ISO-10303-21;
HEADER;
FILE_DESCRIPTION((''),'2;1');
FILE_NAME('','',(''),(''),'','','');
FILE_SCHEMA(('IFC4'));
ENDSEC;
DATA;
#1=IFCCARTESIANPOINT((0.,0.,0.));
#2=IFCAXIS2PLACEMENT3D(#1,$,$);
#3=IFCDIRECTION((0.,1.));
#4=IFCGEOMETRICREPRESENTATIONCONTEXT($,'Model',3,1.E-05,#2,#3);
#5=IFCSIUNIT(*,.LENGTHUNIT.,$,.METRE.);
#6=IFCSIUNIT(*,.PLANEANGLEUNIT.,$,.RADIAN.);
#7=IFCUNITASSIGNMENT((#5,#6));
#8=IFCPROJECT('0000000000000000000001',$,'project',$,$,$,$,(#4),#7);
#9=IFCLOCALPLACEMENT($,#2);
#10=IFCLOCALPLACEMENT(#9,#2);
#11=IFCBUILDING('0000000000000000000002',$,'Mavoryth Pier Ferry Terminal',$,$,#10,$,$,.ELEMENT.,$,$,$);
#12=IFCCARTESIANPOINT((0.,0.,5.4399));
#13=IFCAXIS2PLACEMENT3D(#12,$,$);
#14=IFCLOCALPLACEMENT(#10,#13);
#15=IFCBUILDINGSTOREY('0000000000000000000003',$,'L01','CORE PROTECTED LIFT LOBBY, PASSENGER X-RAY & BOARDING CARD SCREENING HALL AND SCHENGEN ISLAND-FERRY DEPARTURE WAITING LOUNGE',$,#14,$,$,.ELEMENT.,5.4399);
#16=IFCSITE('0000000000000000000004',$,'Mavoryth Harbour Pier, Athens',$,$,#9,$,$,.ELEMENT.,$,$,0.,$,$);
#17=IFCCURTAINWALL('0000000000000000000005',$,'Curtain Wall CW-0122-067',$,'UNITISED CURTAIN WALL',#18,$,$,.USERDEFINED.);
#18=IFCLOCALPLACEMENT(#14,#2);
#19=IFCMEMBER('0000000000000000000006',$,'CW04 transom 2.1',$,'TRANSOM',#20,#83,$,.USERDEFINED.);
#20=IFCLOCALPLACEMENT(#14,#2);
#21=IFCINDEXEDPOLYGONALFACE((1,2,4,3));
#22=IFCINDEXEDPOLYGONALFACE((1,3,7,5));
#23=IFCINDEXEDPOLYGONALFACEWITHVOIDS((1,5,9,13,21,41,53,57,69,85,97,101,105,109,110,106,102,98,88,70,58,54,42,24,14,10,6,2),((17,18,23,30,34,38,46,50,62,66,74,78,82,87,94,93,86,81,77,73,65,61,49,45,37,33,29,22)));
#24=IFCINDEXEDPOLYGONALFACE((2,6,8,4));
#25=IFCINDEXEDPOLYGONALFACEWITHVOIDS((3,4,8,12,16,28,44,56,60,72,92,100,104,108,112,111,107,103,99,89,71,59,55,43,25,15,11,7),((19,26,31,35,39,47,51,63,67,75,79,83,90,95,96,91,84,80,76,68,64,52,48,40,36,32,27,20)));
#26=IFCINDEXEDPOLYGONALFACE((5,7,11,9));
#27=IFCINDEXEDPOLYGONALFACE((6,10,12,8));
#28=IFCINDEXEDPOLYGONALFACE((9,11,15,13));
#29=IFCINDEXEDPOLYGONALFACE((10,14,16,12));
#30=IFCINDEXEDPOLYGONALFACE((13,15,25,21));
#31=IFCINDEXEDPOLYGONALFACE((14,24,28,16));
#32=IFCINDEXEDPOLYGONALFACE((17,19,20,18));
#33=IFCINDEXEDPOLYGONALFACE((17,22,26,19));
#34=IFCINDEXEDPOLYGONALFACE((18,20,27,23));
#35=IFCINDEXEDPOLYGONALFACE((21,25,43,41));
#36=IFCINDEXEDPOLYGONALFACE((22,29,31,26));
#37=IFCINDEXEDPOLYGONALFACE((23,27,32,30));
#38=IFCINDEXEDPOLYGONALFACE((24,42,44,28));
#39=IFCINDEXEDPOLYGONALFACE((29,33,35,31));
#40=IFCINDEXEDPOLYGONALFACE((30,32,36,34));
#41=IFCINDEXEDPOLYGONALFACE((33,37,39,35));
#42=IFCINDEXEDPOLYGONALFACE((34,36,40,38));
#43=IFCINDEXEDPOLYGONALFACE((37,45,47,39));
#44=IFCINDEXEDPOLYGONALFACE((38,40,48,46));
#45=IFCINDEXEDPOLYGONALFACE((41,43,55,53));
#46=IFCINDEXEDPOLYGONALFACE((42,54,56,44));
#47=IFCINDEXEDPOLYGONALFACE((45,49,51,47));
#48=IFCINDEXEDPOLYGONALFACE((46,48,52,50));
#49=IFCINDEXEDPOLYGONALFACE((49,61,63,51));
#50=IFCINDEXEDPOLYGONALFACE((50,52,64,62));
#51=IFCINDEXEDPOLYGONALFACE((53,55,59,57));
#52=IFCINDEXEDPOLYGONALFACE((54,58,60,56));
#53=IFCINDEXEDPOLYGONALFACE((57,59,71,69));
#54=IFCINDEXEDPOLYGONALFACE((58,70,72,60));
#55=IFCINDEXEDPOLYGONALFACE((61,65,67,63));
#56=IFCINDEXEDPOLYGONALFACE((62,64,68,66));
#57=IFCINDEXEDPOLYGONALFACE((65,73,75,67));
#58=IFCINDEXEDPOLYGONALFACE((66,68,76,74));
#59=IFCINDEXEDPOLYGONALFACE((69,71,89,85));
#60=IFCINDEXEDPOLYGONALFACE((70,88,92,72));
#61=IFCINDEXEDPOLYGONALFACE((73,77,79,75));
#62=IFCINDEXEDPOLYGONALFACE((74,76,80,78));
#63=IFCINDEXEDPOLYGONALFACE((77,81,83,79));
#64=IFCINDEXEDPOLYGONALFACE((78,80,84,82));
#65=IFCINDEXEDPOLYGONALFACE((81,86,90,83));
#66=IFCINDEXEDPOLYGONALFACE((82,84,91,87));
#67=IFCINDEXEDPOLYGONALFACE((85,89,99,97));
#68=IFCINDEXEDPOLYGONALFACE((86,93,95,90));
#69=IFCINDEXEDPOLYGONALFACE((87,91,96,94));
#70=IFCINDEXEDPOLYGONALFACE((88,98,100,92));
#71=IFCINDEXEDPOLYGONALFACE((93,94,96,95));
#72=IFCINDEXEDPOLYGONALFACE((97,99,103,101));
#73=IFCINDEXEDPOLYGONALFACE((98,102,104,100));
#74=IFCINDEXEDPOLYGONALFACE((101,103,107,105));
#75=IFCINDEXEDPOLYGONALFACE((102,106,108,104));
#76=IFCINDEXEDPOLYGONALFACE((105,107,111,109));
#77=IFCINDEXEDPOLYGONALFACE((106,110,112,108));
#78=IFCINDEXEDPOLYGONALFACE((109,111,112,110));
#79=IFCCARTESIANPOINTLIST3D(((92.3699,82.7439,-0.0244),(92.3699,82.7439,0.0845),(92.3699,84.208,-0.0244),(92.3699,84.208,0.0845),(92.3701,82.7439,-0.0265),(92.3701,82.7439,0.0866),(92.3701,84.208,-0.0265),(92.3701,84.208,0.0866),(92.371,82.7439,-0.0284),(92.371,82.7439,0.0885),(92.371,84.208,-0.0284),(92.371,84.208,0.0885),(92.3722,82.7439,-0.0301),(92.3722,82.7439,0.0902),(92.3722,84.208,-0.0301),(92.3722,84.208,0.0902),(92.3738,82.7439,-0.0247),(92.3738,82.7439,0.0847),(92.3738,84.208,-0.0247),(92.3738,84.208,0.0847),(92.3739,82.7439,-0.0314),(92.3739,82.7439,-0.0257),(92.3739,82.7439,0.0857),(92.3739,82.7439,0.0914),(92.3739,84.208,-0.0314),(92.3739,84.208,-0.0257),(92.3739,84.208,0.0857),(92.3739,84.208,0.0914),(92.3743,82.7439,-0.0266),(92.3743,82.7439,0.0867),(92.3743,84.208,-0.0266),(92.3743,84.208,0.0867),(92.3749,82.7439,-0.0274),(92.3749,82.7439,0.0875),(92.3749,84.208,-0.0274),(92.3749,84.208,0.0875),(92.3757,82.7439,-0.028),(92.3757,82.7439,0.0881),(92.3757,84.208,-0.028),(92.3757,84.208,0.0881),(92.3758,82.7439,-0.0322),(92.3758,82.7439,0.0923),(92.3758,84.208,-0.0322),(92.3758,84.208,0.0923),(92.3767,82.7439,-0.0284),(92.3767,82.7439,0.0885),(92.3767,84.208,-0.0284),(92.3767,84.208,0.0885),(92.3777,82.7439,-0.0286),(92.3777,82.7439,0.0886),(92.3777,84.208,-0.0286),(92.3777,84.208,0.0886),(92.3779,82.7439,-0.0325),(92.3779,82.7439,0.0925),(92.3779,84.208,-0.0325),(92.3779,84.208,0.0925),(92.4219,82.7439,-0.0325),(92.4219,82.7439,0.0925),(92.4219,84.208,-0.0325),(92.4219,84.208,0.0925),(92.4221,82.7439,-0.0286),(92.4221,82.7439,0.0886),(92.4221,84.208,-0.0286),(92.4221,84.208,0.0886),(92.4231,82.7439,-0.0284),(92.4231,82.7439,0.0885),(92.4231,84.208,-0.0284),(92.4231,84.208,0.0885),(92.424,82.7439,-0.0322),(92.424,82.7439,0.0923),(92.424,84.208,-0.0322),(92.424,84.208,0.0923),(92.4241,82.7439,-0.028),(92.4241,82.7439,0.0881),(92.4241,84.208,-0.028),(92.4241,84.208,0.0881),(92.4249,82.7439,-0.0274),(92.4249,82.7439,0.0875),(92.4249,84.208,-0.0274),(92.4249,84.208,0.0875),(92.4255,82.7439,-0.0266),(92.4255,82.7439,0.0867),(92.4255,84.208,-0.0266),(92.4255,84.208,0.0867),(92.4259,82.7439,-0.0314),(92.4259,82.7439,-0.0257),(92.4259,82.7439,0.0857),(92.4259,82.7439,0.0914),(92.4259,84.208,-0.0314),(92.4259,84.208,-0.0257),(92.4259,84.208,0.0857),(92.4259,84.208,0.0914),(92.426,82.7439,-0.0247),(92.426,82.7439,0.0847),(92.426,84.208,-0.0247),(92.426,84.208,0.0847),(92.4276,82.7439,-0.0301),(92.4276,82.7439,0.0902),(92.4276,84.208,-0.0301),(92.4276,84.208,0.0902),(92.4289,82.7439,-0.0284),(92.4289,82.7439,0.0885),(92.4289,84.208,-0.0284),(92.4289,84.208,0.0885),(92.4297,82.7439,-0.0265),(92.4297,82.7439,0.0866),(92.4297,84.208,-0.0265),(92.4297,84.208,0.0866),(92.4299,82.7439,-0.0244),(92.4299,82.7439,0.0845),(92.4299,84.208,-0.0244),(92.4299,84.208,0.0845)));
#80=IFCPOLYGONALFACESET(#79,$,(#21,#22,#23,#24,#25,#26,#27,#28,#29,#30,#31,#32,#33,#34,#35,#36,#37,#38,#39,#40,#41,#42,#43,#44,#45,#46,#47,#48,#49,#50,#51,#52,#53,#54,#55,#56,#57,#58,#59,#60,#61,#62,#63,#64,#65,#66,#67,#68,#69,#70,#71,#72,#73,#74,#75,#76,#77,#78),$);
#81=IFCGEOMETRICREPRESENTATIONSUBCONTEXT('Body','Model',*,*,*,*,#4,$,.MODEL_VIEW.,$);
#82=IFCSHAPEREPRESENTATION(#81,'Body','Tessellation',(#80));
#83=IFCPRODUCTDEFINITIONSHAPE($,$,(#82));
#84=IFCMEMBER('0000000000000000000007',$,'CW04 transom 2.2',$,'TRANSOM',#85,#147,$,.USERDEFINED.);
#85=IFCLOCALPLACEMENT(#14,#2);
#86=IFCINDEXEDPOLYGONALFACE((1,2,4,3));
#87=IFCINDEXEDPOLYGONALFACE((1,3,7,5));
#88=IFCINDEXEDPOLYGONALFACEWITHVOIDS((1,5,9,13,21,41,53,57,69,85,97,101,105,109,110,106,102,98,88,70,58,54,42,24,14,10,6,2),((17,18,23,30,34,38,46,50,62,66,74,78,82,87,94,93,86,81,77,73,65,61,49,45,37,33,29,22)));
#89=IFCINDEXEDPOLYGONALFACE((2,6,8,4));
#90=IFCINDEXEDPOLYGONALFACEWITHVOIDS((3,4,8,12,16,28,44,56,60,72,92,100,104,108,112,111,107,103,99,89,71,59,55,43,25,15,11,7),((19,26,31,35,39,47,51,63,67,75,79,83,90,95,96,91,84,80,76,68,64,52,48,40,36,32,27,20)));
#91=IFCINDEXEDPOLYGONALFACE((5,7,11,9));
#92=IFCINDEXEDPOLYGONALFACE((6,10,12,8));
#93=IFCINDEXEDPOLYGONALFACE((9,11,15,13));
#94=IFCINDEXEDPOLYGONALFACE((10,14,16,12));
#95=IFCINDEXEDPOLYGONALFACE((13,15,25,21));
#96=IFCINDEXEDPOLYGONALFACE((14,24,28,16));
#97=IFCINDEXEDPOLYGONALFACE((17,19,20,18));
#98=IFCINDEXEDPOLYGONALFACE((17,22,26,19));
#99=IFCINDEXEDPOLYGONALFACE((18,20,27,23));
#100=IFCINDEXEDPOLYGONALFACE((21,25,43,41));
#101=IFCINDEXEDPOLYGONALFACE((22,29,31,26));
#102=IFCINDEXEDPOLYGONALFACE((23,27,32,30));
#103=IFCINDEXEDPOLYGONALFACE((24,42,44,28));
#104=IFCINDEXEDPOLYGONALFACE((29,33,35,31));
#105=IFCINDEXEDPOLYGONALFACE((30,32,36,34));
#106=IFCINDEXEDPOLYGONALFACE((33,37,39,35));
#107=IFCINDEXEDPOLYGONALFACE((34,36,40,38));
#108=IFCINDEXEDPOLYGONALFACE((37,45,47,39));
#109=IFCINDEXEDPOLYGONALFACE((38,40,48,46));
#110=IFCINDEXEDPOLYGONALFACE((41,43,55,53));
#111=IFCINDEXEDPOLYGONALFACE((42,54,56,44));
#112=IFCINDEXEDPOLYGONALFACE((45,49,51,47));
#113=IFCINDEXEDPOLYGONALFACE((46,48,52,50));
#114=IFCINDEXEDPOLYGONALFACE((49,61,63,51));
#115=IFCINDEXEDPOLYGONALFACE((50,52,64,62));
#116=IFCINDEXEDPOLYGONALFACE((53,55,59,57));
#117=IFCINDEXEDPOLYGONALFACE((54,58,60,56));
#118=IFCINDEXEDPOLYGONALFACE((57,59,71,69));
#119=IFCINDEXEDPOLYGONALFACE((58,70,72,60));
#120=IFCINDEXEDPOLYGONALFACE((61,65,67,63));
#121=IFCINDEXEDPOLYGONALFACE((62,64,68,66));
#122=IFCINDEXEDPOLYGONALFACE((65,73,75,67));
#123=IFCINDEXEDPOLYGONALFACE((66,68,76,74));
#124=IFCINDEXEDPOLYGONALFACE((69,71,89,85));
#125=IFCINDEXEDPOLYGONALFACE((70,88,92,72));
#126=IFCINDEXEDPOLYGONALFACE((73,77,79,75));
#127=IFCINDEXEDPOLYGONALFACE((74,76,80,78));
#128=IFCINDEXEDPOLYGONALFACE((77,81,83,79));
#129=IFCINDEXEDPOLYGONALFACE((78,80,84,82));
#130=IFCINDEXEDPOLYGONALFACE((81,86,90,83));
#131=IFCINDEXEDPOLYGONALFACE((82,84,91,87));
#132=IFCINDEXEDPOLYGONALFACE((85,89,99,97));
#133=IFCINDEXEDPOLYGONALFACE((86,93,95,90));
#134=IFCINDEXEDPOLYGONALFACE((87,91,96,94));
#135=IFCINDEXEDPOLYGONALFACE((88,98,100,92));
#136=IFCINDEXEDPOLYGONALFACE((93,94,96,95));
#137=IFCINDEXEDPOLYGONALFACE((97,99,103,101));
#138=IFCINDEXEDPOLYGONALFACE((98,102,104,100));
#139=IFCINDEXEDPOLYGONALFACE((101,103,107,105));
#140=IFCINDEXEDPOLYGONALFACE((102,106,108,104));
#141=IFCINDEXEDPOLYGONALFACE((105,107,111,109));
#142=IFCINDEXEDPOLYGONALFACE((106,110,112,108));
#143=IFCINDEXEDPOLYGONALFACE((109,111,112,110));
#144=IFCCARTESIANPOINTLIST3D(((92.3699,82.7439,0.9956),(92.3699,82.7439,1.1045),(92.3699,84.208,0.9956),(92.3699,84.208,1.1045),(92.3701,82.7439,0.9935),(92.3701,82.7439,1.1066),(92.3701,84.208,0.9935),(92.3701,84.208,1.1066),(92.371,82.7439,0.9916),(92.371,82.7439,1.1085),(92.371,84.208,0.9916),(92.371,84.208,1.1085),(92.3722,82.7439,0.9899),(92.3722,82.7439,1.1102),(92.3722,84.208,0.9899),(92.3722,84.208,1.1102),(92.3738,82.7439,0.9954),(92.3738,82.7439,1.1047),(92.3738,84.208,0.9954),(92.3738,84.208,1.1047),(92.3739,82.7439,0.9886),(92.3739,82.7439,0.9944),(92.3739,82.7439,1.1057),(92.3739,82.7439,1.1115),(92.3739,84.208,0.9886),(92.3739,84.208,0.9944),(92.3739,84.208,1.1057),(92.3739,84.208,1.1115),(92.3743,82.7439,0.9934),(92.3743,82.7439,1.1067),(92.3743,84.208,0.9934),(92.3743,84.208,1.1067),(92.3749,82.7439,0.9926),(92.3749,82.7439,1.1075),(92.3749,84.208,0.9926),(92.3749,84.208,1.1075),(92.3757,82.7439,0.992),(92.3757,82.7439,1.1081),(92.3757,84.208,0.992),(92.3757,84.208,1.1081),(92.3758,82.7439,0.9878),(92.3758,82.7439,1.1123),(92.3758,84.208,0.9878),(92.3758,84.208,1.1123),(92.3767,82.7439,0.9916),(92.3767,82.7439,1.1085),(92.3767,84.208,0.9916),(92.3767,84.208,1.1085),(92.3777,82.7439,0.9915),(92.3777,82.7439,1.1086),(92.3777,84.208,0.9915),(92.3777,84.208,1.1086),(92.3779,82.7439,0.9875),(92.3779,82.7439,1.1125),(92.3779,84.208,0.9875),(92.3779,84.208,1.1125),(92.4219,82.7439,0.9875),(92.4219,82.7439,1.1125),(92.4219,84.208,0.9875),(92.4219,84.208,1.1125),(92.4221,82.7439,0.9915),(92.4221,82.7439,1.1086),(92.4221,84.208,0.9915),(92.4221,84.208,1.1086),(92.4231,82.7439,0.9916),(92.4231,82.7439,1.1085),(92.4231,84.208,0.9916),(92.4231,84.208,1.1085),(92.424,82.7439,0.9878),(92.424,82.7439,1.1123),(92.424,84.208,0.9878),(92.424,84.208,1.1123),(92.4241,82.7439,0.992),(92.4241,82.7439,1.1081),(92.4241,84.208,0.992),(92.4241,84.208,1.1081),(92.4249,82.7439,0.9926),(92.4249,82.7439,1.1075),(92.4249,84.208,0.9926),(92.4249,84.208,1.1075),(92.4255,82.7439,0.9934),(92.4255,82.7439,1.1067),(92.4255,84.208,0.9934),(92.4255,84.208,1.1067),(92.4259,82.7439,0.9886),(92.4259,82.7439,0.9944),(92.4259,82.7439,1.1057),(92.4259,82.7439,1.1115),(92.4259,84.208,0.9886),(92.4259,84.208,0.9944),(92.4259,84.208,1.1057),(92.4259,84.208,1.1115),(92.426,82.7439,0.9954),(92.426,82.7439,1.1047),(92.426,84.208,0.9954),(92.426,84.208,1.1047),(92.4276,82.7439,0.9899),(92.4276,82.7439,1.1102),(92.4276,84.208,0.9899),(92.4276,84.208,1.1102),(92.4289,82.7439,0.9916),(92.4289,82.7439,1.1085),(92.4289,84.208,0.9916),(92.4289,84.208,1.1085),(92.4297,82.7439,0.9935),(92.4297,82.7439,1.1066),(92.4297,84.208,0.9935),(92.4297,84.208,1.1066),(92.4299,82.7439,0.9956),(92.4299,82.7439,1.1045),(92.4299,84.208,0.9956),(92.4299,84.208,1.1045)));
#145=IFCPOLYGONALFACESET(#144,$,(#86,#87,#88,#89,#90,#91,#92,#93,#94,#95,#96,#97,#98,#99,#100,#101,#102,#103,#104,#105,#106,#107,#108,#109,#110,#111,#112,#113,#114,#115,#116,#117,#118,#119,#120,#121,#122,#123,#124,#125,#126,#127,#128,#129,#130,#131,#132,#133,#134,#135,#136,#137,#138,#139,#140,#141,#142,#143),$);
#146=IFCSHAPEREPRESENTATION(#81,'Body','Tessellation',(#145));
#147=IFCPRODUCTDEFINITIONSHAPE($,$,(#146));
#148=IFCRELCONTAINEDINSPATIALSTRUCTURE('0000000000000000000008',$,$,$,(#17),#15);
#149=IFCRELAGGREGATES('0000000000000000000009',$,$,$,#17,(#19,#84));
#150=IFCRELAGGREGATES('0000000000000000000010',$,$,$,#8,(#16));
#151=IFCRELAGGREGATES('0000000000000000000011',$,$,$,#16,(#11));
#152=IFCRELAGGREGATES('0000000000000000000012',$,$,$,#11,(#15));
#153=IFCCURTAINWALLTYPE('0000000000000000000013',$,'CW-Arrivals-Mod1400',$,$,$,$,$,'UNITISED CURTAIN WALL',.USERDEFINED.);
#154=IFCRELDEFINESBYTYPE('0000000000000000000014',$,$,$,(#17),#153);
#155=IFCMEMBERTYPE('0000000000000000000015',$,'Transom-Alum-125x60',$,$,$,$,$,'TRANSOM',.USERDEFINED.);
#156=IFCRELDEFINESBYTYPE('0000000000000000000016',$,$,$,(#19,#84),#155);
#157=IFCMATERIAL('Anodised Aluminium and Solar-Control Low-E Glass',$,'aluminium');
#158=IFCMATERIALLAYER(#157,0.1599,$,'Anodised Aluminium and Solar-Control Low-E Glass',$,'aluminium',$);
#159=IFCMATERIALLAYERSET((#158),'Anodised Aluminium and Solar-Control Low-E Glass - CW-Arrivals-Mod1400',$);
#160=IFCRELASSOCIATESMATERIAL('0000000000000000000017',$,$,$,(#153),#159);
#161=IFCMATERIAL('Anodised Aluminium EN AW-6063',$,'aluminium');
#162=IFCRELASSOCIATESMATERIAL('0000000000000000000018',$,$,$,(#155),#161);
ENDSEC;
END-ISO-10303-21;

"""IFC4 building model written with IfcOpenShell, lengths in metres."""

from ifc_helpers import new_model, si_unit, direction, frame, origin, origin_2d, place, context, subcontext, project, spatial, hollow_rectangle, extrude, material, layer, layer_set, material_profile, profile_set, type_object, element, aggregate, save


model = new_model("IFC4")

# Units and contexts
model_context = context("Model", 3, precision=1e-05, world=origin(), true_north=direction((0.0, 1.0)))
body_context = subcontext(model_context, "Body", "Model", "MODEL_VIEW")
ifc_project = project(units=[si_unit("LENGTHUNIT", "METRE"), si_unit("PLANEANGLEUNIT", "RADIAN")], contexts=[model_context])

# Site, building, storey
site_placement = place(None, origin())
site = spatial("IfcSite", under=ifc_project, at=site_placement, Name="Mavoryth Harbour Pier, Athens", CompositionType="ELEMENT", RefElevation=0.0)
building_placement = place(site_placement, origin())
building = spatial("IfcBuilding", under=site, at=building_placement, Name="Mavoryth Pier Ferry Terminal", CompositionType="ELEMENT")
storey_placement = place(building_placement, frame((0.0, 0.0, 5.4399)))
storey = spatial("IfcBuildingStorey", under=building, at=storey_placement, Name="L01", Description="CORE PROTECTED LIFT LOBBY, PASSENGER X-RAY & BOARDING CARD SCREENING HALL AND SCHENGEN ISLAND-FERRY DEPARTURE WAITING LOUNGE", CompositionType="ELEMENT", Elevation=5.4399)

# Curtain wall
ifc_material_1 = material(Name="Anodised Aluminium and Solar-Control Low-E Glass", Category="aluminium")
ifc_layer_1 = layer(ifc_material_1, 0.1599, Name="Anodised Aluminium and Solar-Control Low-E Glass", Category="aluminium")
ifc_layer_set_1 = layer_set([ifc_layer_1], Name="Anodised Aluminium and Solar-Control Low-E Glass - CW-Arrivals-Mod1400")
curtain_wall_type = type_object("IfcCurtainWallType", Name="CW-Arrivals-Mod1400", ElementType="UNITISED CURTAIN WALL", PredefinedType="USERDEFINED", material=ifc_layer_set_1)
curtain_wall_1_placement = place(storey_placement, origin())
curtain_wall_1 = element("IfcCurtainWall", 1, at=curtain_wall_1_placement, inside=storey, type_object=curtain_wall_type, Name="Curtain Wall CW-0122-067", ObjectType="UNITISED CURTAIN WALL", PredefinedType="USERDEFINED")
ifc_material_2 = material(Name="Anodised Aluminium EN AW-6063", Category="aluminium")

# Members
ifc_material_profile_1 = material_profile(ifc_material_2, hollow_rectangle(XDim=0.0601, YDim=0.125, WallThickness=0.0039, InnerFilletRadius=0.0039, OuterFilletRadius=0.0081, at=origin_2d()), Name="AL-TRAN 125x60x4", Category="aluminium")
ifc_profile_set_1 = profile_set([ifc_material_profile_1], Name="Anodised Aluminium EN AW-6063 - AL-TRAN 125x60x4")
member_type_1 = type_object("IfcMemberType", Name="Transom-Alum-125x60", ElementType="TRANSOM", PredefinedType="USERDEFINED", material=ifc_profile_set_1)
member_1_placement = place(storey_placement, frame((92.3999, 82.7439, 0.03), z_axis=(0.0, 1.0, 0.0), x_axis=(-1.0, 0.0, 0.0)))
member_1 = element("IfcMember", 2, at=member_1_placement, type_object=member_type_1, Name="CW04 transom 2.1", ObjectType="TRANSOM", PredefinedType="USERDEFINED", context=body_context, shape_type="SweptSolid", body=[
    extrude(hollow_rectangle(XDim=0.0601, YDim=0.125, WallThickness=0.0039, InnerFilletRadius=0.0039, OuterFilletRadius=0.0081, at=origin_2d()), origin(), (0.0, 0.0, 1.0), 1.4641),
])
member_2_placement = place(storey_placement, frame((92.3999, 82.7439, 1.05), z_axis=(0.0, 1.0, 0.0), x_axis=(-1.0, 0.0, 0.0)))
member_2 = element("IfcMember", 3, at=member_2_placement, type_object=member_type_1, Name="CW04 transom 2.2", ObjectType="TRANSOM", PredefinedType="USERDEFINED", context=body_context, shape_type="SweptSolid", body=[
    extrude(hollow_rectangle(XDim=0.0601, YDim=0.125, WallThickness=0.0039, InnerFilletRadius=0.0039, OuterFilletRadius=0.0081, at=origin_2d()), origin(), (0.0, 0.0, 1.0), 1.4641),
])

aggregate(curtain_wall_1, [member_1, member_2])

save(model, "model.ifc")
